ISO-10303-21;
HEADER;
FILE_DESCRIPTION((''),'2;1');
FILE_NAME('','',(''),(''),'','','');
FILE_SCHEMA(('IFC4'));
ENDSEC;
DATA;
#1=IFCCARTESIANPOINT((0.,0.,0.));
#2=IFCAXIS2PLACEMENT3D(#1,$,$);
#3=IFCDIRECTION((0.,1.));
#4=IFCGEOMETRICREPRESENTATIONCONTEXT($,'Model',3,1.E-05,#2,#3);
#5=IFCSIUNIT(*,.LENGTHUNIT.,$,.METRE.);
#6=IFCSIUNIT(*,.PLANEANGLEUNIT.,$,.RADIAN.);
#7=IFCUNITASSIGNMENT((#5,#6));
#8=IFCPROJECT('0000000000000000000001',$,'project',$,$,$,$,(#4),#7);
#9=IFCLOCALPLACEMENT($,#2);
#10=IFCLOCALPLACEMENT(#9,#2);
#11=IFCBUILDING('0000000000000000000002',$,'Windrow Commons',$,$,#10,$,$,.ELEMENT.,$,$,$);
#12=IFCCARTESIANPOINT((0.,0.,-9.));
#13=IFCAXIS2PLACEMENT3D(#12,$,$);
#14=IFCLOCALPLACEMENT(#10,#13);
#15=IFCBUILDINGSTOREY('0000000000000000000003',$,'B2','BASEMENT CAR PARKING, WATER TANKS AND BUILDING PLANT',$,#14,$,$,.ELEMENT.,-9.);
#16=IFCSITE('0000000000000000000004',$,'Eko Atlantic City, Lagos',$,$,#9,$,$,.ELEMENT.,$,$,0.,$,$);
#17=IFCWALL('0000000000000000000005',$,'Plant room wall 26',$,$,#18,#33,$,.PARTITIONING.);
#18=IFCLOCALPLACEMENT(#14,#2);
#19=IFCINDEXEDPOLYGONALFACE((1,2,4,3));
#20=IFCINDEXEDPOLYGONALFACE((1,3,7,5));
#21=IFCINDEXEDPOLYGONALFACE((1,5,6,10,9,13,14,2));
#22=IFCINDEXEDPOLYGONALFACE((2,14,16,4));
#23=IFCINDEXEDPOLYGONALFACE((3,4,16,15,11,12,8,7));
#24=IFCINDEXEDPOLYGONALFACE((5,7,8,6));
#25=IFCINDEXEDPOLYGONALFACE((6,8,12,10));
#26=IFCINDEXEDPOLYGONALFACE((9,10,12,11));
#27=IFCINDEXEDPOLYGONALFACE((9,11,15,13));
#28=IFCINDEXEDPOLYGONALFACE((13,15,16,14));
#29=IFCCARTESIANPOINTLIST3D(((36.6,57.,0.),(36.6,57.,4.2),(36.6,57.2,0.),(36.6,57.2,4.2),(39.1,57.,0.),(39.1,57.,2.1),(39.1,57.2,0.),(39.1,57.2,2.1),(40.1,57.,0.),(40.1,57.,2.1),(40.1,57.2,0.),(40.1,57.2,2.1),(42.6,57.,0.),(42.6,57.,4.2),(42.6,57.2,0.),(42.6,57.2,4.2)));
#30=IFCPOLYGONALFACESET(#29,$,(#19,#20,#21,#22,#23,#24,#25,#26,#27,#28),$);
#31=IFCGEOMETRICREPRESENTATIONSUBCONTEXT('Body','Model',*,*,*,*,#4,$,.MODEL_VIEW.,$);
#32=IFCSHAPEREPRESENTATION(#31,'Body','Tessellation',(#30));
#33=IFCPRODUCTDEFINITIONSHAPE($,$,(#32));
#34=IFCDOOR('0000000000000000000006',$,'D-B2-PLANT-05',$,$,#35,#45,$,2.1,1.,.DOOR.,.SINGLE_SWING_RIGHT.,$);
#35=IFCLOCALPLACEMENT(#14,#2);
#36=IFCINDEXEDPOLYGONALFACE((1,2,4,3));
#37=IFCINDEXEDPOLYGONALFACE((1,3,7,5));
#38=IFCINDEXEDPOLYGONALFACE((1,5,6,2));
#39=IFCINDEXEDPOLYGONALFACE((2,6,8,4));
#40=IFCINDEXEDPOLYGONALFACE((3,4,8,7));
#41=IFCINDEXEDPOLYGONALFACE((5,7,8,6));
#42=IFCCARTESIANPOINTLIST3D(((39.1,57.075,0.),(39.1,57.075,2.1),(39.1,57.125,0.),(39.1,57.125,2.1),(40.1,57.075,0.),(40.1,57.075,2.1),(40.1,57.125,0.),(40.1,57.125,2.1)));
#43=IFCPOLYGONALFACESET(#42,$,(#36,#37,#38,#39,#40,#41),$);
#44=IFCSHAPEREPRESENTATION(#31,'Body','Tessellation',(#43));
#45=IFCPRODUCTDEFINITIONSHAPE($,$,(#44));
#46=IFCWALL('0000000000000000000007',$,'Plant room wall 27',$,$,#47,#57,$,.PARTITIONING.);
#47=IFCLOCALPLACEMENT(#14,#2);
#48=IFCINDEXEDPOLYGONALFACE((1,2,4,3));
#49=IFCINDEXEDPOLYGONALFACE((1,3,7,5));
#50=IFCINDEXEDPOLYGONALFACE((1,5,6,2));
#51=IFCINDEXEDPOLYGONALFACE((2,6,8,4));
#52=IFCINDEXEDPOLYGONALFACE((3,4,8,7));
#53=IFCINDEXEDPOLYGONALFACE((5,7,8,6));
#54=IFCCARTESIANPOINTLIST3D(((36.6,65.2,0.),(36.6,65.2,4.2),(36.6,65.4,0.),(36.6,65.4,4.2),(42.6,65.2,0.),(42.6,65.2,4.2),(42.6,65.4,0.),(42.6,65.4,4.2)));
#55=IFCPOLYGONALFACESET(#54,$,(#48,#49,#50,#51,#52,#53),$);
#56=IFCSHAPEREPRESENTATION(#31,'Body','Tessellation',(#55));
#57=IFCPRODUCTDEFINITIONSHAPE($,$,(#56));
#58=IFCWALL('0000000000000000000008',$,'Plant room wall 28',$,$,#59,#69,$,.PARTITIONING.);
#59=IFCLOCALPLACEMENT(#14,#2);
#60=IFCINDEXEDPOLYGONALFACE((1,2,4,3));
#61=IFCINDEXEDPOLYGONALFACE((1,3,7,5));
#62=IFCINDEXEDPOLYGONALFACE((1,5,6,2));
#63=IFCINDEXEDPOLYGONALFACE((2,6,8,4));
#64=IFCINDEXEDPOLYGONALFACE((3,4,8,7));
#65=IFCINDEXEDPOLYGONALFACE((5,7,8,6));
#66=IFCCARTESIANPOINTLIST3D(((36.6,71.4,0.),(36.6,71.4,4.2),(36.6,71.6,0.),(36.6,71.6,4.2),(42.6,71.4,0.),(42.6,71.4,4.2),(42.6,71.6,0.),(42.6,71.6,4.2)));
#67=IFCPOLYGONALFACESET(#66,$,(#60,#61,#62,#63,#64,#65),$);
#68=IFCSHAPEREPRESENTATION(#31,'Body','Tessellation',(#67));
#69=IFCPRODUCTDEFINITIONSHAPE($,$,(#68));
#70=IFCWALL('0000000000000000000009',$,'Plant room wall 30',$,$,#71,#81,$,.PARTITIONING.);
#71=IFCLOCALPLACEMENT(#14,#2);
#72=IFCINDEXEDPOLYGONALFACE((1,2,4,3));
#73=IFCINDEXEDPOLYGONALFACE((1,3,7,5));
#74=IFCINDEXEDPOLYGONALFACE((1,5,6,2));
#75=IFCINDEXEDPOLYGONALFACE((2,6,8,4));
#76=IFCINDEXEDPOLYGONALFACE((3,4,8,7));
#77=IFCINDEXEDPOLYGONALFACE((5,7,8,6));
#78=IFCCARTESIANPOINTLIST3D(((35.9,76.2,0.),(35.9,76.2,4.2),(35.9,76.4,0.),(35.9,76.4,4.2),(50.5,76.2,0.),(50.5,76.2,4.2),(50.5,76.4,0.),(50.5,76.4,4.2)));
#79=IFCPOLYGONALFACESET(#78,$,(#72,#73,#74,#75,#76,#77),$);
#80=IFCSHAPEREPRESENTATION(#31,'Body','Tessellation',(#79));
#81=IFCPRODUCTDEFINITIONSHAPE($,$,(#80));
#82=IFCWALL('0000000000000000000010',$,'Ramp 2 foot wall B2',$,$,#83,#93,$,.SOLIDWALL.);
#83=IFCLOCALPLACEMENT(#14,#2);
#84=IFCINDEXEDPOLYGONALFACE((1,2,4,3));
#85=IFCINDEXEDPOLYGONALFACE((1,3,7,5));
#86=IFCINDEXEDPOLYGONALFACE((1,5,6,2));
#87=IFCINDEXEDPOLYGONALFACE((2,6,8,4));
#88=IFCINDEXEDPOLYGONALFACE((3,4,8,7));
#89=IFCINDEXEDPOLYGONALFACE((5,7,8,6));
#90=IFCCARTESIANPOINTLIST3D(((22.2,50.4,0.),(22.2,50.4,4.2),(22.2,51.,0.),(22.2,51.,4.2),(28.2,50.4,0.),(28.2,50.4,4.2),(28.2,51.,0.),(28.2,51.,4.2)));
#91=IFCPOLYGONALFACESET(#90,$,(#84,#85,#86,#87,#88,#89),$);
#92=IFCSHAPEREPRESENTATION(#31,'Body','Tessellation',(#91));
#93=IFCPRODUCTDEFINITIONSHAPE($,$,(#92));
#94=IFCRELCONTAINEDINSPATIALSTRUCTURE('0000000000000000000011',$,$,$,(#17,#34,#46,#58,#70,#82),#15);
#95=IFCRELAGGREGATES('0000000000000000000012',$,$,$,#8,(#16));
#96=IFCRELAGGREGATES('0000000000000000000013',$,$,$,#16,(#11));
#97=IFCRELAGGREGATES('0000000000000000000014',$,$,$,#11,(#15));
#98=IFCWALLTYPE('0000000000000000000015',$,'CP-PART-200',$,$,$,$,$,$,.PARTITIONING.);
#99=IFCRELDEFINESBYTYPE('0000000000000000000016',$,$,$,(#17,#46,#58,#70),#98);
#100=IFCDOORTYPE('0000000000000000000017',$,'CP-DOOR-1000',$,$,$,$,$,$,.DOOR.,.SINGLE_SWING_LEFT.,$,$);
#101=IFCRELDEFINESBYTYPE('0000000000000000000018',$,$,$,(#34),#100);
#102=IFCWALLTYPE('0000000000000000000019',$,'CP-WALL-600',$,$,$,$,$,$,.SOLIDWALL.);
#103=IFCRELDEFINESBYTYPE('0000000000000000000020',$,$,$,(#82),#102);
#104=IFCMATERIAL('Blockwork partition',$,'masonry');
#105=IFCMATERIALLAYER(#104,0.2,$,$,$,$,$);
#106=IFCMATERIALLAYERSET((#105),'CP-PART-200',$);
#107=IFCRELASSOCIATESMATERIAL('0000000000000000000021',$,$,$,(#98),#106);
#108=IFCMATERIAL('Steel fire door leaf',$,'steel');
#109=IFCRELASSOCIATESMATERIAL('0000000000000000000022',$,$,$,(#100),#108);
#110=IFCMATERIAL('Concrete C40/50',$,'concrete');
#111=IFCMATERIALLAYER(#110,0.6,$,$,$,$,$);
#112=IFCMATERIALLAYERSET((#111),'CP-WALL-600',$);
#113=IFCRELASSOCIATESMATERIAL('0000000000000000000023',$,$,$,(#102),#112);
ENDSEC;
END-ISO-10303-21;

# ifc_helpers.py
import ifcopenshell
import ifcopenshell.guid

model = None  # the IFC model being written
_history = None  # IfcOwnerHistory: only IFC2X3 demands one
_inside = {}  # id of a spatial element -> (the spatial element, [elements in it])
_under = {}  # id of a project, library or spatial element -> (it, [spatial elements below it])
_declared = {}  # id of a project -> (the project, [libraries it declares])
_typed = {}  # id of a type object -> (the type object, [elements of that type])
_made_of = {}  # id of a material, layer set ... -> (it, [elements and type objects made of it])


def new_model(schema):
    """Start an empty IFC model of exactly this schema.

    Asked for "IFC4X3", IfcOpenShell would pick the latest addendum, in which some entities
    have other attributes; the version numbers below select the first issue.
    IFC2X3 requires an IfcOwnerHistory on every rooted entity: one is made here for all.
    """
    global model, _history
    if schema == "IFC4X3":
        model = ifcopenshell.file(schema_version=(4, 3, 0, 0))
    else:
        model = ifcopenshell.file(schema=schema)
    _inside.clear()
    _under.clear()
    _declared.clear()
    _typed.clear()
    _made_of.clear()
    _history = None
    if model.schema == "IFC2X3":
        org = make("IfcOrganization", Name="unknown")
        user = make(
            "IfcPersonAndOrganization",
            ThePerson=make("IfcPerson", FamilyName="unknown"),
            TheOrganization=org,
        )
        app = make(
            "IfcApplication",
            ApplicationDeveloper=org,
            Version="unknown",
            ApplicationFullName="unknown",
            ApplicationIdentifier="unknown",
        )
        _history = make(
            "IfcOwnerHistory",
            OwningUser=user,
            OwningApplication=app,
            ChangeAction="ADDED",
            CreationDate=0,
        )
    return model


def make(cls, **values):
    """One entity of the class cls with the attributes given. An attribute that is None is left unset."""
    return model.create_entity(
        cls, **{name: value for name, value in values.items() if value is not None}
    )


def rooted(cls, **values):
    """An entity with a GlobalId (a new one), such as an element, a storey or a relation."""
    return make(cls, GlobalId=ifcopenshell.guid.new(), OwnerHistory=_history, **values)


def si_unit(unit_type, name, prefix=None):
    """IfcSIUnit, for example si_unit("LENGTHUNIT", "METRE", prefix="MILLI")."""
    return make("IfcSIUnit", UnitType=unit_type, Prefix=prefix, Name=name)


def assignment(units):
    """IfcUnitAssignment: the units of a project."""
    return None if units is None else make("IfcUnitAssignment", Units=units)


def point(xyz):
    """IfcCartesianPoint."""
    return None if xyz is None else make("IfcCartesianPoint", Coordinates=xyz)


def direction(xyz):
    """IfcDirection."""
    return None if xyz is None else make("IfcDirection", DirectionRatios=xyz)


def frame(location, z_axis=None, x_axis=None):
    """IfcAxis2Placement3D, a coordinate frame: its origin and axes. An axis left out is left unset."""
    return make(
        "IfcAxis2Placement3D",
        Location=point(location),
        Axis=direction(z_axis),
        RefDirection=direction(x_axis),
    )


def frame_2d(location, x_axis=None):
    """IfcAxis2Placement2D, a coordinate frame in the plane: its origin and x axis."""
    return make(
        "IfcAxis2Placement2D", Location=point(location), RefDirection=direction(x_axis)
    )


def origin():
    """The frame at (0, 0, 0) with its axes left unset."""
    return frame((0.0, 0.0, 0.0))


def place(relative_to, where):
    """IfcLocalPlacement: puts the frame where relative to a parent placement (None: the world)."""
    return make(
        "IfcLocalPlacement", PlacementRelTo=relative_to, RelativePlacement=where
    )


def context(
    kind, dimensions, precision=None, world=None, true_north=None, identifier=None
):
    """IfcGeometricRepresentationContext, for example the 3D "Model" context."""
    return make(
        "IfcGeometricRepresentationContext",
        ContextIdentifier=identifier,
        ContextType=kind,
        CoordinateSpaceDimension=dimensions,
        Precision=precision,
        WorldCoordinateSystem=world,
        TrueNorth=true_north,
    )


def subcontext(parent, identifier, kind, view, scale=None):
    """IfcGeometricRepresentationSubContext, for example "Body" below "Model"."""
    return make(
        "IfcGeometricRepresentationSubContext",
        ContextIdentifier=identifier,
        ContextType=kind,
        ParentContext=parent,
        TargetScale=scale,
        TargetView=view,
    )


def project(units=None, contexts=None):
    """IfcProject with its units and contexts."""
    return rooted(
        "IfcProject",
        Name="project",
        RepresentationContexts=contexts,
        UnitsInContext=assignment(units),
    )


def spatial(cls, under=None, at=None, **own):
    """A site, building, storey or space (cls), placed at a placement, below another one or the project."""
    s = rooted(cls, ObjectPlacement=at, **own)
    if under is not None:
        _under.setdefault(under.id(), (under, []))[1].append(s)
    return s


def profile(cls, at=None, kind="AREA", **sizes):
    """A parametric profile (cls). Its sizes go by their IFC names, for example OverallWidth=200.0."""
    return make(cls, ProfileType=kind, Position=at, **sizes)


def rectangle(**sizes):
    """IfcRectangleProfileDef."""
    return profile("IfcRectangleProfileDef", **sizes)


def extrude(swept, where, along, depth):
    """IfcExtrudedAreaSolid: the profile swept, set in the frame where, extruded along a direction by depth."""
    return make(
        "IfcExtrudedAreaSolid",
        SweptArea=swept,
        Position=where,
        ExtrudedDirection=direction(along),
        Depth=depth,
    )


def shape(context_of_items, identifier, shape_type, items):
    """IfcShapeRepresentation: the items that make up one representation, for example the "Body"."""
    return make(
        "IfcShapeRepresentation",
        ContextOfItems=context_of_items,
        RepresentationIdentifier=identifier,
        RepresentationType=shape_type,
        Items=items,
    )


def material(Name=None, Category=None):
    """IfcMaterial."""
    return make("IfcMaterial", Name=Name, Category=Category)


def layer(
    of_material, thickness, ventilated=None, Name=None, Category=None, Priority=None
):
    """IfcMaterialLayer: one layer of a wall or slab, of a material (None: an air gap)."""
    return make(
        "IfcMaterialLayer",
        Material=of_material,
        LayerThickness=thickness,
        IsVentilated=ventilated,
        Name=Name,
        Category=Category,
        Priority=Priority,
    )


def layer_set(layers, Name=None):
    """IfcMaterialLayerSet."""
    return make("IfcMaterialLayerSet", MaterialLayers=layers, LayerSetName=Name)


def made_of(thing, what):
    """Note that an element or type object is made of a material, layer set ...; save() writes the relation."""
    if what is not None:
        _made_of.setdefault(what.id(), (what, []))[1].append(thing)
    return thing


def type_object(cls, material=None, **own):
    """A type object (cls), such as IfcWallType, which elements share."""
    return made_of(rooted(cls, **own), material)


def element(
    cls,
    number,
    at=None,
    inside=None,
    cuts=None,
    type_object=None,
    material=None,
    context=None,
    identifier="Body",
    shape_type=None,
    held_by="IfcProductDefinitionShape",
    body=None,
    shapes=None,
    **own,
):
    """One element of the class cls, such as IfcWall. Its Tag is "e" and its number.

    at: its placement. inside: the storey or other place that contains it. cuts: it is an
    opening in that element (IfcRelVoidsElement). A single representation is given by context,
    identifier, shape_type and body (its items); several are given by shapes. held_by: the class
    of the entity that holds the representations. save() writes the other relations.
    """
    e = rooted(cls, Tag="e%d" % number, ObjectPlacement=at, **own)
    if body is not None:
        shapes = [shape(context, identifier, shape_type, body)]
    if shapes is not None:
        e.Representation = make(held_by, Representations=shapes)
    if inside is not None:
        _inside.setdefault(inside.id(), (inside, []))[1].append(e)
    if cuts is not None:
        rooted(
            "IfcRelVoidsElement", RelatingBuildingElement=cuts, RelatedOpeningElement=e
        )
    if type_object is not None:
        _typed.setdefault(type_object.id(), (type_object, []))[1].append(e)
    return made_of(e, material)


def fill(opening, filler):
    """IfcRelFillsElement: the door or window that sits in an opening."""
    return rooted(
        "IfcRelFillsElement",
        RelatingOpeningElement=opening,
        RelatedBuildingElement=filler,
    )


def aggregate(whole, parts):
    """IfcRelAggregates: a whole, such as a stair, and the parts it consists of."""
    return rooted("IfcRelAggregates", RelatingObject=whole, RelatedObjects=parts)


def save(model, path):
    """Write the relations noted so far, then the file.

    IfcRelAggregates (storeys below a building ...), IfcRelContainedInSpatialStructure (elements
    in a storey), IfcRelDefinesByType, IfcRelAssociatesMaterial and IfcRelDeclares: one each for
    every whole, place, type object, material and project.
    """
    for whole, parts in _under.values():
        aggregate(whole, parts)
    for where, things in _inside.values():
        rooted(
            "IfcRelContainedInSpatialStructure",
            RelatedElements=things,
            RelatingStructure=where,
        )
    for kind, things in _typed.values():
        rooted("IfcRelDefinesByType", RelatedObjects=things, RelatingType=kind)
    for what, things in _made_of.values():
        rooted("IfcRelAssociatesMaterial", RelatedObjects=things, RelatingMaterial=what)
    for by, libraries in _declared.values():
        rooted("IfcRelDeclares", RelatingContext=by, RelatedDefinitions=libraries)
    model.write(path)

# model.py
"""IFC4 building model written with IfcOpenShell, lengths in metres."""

from ifc_helpers import new_model, si_unit, direction, frame, frame_2d, origin, place, context, subcontext, project, spatial, rectangle, extrude, material, layer, layer_set, type_object, element, fill, save


model = new_model("IFC4")

# Units and contexts
model_context = context("Model", 3, precision=1e-05, world=origin(), true_north=direction((0.0, 1.0)))
body_context = subcontext(model_context, "Body", "Model", "MODEL_VIEW")
ifc_project = project(units=[si_unit("LENGTHUNIT", "METRE"), si_unit("PLANEANGLEUNIT", "RADIAN")], contexts=[model_context])

# Site, building, storey
site_placement = place(None, origin())
site = spatial("IfcSite", under=ifc_project, at=site_placement, Name="Eko Atlantic City, Lagos", CompositionType="ELEMENT", RefElevation=0.0)
building_placement = place(site_placement, origin())
building = spatial("IfcBuilding", under=site, at=building_placement, Name="Windrow Commons", CompositionType="ELEMENT")
storey_placement = place(building_placement, frame((0.0, 0.0, -9.0)))
storey = spatial("IfcBuildingStorey", under=building, at=storey_placement, Name="B2", Description="BASEMENT CAR PARKING, WATER TANKS AND BUILDING PLANT", CompositionType="ELEMENT", Elevation=-9.0)

# Shared definitions
ifc_material_1 = material(Name="Blockwork partition", Category="masonry")
ifc_layer_1 = layer(ifc_material_1, 0.2)
ifc_layer_set_1 = layer_set([ifc_layer_1], Name="CP-PART-200")
wall_type_1 = type_object("IfcWallType", Name="CP-PART-200", PredefinedType="PARTITIONING", material=ifc_layer_set_1)

# Wall, opening, door
wall_1_placement = place(storey_placement, frame((36.6, 57.1, 0.0), z_axis=(0.0, 0.0, 1.0), x_axis=(1.0, 0.0, 0.0)))
wall_1 = element("IfcWall", 1, at=wall_1_placement, inside=storey, type_object=wall_type_1, Name="Plant room wall 26", PredefinedType="PARTITIONING", context=body_context, shape_type="SweptSolid", body=[
    extrude(rectangle(XDim=6.0, YDim=0.2, at=frame_2d((3.0, 0.0))), origin(), (0.0, 0.0, 1.0), 4.2),
])
opening_placement = place(wall_1_placement, frame((2.5, 0.0, 0.0)))
opening = element("IfcOpeningElement", 2, at=opening_placement, cuts=wall_1, PredefinedType="OPENING", context=body_context, shape_type="SweptSolid", body=[
    extrude(rectangle(XDim=1.0, YDim=2.1, at=frame_2d((0.5, 1.05))), frame((0.0, 0.11, 0.0), z_axis=(0.0, -1.0, 0.0), x_axis=(1.0, 0.0, 0.0)), (0.0, 0.0, 1.0), 0.22),
])
ifc_material_2 = material(Name="Steel fire door leaf", Category="steel")
door_type = type_object("IfcDoorType", Name="CP-DOOR-1000", OperationType="SINGLE_SWING_LEFT", PredefinedType="DOOR", material=ifc_material_2)
door_placement = place(opening_placement, origin())
door = element("IfcDoor", 3, at=door_placement, inside=storey, type_object=door_type, Name="D-B2-PLANT-05", OperationType="SINGLE_SWING_RIGHT", OverallHeight=2.1, OverallWidth=1.0, PredefinedType="DOOR", context=body_context, shape_type="SweptSolid", body=[
    extrude(rectangle(XDim=1.0, YDim=2.1, at=frame_2d((0.5, 1.05))), frame((0.0, 0.025, 0.0), z_axis=(0.0, -1.0, 0.0), x_axis=(1.0, 0.0, 0.0)), (0.0, 0.0, 1.0), 0.05),
])
fill(opening, door)

# Walls
for number, where, z_axis, x_axis, name in (
    (4, (36.6, 65.3, 0.0), (0.0, 0.0, 1.0), (1.0, 0.0, 0.0), "Plant room wall 27"),
    (5, (36.6, 71.5, 0.0), (0.0, 0.0, 1.0), (1.0, 0.0, 0.0), "Plant room wall 28"),
):
    element("IfcWall", number, at=place(storey_placement, frame(where, z_axis=z_axis, x_axis=x_axis)), inside=storey, type_object=wall_type_1, Name=name, PredefinedType="PARTITIONING", context=body_context, shape_type="SweptSolid", body=[
        extrude(rectangle(XDim=6.0, YDim=0.2, at=frame_2d((3.0, 0.0))), origin(), (0.0, 0.0, 1.0), 4.2),
    ])
wall_2_placement = place(storey_placement, frame((35.9, 76.3, 0.0), z_axis=(0.0, 0.0, 1.0), x_axis=(1.0, 0.0, 0.0)))
element("IfcWall", 6, at=wall_2_placement, inside=storey, type_object=wall_type_1, Name="Plant room wall 30", PredefinedType="PARTITIONING", context=body_context, shape_type="SweptSolid", body=[
    extrude(rectangle(XDim=14.6, YDim=0.2, at=frame_2d((7.3, 0.0))), origin(), (0.0, 0.0, 1.0), 4.2),
])
ifc_material_3 = material(Name="Concrete C40/50", Category="concrete")
ifc_layer_2 = layer(ifc_material_3, 0.6)
ifc_layer_set_2 = layer_set([ifc_layer_2], Name="CP-WALL-600")
wall_type_2 = type_object("IfcWallType", Name="CP-WALL-600", PredefinedType="SOLIDWALL", material=ifc_layer_set_2)
wall_3_placement = place(storey_placement, frame((22.2, 50.7, 0.0), z_axis=(0.0, 0.0, 1.0), x_axis=(1.0, 0.0, 0.0)))
element("IfcWall", 7, at=wall_3_placement, inside=storey, type_object=wall_type_2, Name="Ramp 2 foot wall B2", PredefinedType="SOLIDWALL", context=body_context, shape_type="SweptSolid", body=[
    extrude(rectangle(XDim=6.0, YDim=0.6, at=frame_2d((3.0, 0.0))), origin(), (0.0, 0.0, 1.0), 4.2),
])

save(model, "model.ifc")
